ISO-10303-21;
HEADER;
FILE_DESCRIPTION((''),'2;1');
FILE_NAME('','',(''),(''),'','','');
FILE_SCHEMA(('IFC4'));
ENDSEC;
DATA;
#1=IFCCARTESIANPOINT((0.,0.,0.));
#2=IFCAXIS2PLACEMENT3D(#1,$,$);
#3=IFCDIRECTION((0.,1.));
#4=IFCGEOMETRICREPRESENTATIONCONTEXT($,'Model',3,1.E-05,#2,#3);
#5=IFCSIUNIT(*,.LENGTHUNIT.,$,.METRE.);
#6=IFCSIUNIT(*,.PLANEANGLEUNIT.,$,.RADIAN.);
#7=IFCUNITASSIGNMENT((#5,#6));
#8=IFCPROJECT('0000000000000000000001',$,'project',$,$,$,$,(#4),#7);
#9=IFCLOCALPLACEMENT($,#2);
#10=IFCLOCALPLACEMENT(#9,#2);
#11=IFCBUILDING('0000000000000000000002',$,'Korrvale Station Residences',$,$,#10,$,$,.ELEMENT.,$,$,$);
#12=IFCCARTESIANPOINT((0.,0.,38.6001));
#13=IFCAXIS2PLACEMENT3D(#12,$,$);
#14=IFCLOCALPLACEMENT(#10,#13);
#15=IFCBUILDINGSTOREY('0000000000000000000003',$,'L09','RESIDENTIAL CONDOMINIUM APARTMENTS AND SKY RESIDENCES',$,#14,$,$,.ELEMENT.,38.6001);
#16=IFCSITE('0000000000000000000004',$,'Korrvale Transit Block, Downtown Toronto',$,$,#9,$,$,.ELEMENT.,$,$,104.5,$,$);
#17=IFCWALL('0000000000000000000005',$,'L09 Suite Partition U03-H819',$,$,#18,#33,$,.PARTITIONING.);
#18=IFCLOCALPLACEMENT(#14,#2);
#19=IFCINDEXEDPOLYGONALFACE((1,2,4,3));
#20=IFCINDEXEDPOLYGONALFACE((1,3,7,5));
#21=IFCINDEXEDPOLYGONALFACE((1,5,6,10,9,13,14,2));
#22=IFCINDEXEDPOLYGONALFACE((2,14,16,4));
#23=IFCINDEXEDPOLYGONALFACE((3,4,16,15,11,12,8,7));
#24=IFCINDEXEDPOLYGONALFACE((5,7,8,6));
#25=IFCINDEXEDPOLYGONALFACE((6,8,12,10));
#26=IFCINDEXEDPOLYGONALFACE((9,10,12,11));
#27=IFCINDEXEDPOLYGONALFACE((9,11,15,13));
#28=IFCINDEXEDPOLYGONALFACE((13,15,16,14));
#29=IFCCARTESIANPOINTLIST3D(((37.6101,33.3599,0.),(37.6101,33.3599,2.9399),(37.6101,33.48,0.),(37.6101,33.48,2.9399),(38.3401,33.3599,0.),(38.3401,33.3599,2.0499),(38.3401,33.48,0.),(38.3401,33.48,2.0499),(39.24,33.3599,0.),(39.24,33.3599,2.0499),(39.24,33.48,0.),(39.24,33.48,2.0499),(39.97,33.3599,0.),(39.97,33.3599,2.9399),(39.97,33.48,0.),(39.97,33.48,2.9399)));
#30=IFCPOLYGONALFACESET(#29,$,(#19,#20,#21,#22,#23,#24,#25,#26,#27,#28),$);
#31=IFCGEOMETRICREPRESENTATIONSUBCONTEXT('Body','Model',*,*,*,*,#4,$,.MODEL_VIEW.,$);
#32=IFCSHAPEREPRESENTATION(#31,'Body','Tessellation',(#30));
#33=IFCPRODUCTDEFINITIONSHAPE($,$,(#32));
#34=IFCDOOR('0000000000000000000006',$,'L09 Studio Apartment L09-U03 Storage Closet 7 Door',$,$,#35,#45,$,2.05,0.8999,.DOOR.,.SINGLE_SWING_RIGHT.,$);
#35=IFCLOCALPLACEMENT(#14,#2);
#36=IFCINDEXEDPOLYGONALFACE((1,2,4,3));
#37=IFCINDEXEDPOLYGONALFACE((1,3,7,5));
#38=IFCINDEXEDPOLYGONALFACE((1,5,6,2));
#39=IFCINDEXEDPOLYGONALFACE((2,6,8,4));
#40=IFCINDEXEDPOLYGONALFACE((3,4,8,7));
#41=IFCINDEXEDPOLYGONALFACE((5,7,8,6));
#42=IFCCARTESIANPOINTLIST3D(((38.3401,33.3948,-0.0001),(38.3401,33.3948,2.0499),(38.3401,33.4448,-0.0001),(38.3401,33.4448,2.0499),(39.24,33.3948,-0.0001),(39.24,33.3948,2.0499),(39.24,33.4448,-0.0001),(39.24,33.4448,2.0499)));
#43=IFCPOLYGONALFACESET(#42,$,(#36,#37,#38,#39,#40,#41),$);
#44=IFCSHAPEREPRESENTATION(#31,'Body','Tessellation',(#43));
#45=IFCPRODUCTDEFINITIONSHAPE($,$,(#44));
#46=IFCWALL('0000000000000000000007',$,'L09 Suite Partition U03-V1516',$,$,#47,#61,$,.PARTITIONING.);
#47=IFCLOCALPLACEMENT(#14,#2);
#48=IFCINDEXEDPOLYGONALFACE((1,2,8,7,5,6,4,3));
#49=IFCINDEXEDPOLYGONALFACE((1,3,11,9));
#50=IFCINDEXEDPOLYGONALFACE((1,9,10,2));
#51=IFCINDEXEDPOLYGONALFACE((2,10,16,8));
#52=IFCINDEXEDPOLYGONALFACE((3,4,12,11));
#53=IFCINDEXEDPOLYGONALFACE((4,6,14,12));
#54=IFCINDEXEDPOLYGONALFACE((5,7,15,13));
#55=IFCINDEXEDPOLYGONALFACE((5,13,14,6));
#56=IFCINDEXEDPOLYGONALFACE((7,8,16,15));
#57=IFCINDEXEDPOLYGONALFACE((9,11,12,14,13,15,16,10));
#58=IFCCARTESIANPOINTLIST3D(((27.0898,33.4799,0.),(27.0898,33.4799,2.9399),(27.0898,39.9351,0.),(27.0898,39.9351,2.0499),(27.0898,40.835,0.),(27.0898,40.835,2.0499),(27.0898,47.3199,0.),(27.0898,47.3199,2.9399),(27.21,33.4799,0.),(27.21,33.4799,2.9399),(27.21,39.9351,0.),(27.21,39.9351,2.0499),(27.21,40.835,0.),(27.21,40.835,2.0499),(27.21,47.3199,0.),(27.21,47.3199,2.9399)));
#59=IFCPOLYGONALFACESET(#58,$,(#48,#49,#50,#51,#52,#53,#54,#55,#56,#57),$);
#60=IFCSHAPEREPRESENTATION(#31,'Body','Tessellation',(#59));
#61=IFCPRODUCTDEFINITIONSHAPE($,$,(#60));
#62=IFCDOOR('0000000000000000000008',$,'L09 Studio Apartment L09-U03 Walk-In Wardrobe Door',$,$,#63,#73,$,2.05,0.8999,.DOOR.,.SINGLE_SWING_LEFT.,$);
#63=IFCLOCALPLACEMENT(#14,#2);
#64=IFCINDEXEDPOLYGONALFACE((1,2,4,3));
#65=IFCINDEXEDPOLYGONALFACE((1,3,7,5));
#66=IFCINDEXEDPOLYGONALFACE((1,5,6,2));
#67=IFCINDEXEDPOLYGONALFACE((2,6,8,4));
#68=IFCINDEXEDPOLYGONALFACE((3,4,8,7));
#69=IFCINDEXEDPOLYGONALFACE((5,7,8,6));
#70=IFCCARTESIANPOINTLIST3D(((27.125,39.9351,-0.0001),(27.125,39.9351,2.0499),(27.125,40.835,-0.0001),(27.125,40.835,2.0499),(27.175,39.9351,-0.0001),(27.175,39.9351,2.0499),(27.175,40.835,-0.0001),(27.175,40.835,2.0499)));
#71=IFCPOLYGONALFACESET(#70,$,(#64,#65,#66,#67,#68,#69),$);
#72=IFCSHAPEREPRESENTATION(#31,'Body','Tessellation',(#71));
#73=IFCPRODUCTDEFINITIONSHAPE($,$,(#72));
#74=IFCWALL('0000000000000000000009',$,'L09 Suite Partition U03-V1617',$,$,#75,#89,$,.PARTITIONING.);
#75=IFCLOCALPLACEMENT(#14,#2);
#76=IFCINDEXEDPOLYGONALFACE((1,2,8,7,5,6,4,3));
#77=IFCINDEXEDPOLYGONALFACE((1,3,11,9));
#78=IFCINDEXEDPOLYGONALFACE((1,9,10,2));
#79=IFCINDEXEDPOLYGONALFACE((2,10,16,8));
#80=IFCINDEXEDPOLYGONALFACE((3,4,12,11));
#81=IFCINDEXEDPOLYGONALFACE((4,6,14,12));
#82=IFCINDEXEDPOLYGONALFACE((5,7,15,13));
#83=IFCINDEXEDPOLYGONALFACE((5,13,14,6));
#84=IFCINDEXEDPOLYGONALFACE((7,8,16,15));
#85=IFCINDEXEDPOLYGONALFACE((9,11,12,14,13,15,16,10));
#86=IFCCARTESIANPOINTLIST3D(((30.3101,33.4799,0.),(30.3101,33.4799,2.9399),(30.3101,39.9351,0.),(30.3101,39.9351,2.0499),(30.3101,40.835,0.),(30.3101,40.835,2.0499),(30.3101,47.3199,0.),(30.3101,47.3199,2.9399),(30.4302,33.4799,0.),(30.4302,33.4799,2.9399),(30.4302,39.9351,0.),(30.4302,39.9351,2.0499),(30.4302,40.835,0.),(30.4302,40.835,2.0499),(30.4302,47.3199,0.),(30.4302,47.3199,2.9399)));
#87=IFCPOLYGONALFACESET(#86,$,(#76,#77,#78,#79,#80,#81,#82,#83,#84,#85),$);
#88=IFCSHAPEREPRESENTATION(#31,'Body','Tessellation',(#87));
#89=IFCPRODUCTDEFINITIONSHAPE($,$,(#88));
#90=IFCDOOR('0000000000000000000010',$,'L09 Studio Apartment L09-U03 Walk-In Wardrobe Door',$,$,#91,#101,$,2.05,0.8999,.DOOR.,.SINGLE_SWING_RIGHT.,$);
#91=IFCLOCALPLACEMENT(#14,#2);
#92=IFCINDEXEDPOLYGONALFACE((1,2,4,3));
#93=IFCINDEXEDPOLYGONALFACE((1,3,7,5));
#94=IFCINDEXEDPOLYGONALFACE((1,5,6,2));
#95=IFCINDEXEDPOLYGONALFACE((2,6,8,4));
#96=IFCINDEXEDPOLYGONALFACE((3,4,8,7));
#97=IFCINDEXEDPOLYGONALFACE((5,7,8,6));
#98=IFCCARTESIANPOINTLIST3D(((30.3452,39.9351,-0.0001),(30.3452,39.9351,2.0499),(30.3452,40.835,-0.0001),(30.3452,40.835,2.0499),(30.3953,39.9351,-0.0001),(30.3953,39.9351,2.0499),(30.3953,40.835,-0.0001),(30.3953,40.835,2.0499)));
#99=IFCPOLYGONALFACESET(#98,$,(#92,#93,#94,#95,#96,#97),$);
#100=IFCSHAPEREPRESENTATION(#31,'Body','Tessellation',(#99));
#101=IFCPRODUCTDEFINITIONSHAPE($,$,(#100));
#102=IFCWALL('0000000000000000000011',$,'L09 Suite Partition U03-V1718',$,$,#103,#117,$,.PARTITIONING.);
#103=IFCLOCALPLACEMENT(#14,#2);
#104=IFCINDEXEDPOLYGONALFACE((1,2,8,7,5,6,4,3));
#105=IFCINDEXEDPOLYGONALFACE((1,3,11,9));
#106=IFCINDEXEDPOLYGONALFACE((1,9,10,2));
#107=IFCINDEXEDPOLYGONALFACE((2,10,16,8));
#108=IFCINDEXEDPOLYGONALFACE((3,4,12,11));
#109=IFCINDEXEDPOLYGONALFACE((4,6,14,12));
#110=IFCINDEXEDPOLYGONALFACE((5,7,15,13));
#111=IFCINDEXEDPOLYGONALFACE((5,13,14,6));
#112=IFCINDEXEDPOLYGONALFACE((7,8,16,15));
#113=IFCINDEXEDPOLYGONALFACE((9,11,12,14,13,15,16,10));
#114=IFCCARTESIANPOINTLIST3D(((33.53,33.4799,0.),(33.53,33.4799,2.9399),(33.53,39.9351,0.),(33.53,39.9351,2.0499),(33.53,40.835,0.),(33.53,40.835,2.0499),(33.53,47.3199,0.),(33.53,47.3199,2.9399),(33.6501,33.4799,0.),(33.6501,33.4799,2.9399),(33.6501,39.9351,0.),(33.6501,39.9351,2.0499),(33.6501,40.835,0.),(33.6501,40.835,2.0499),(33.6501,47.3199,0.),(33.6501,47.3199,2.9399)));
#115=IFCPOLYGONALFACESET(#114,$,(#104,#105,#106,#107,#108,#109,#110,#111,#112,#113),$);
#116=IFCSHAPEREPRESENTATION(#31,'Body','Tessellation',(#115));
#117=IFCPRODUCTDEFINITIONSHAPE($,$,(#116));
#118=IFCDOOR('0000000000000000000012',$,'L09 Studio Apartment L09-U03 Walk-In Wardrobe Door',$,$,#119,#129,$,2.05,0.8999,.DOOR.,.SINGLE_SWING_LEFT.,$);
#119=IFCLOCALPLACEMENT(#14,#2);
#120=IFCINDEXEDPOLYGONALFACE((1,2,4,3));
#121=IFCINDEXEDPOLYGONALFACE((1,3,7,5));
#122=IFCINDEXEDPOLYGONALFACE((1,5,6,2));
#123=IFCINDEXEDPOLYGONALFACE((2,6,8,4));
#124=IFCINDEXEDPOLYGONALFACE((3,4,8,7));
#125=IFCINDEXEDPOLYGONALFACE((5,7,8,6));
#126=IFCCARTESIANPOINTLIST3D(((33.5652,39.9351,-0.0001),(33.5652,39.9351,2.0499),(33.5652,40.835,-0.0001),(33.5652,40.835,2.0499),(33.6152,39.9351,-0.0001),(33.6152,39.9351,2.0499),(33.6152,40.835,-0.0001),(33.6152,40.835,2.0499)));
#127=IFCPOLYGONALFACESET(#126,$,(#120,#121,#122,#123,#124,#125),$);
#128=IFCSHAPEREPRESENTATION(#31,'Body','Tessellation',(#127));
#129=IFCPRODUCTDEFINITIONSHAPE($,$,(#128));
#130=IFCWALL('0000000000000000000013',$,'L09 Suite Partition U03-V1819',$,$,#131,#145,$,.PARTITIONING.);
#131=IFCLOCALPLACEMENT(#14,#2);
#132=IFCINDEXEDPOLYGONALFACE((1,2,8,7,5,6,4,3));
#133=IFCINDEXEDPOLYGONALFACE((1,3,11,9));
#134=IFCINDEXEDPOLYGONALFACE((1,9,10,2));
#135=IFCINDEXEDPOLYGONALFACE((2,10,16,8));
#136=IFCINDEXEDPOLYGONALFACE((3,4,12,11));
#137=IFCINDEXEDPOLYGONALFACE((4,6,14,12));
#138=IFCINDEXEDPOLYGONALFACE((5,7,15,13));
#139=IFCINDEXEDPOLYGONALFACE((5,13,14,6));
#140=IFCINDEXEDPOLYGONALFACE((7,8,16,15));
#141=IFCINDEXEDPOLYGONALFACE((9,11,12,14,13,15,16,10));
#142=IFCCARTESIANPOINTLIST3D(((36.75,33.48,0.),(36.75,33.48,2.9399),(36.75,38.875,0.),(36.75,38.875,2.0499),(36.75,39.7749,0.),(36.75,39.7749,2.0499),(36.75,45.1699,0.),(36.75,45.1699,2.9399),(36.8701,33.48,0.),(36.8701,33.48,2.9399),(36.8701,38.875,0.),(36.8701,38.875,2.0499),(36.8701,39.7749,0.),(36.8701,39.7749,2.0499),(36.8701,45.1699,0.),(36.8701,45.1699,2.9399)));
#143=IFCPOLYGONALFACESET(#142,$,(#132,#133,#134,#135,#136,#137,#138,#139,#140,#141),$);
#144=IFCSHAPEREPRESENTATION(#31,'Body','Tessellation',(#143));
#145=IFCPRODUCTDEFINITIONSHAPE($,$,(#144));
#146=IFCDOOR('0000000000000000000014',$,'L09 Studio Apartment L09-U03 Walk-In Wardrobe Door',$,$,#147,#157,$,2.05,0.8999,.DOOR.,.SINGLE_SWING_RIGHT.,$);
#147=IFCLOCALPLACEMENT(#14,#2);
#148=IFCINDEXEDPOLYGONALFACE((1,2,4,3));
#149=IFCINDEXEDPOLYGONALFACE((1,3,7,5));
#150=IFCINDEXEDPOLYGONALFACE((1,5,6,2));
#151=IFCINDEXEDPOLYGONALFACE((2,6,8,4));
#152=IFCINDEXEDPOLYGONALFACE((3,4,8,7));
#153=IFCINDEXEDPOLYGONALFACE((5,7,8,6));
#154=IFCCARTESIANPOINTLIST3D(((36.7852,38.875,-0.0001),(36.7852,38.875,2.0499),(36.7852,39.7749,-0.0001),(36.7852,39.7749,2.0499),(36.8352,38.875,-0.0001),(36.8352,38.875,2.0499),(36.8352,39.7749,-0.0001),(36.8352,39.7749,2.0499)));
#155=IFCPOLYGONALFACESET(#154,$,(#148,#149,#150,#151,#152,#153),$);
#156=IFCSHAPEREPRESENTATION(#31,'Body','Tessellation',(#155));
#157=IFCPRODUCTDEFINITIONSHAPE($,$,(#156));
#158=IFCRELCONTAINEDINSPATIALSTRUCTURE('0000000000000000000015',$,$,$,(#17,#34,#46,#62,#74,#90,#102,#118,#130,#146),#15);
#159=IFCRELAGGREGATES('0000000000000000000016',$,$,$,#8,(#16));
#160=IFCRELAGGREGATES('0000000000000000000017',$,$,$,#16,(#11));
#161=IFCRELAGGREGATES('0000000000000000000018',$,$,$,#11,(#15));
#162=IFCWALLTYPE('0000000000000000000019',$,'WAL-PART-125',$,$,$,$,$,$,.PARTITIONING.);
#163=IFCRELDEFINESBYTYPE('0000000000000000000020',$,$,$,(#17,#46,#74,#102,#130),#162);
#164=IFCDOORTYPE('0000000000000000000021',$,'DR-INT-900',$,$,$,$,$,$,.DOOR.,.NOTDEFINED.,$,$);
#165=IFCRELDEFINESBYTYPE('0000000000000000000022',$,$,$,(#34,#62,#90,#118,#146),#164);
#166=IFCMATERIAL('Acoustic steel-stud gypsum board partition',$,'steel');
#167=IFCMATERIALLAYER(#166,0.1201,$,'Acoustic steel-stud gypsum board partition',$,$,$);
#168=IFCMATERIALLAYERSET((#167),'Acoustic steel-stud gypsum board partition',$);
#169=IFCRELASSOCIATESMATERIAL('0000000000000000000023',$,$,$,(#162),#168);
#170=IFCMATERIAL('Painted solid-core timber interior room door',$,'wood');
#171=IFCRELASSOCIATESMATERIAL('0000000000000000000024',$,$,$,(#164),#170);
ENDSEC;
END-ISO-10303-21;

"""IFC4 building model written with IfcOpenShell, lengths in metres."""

from ifc_helpers import new_model, si_unit, direction, frame, frame_2d, origin, place, context, subcontext, project, spatial, rectangle, extrude, material, layer, layer_set, type_object, element, fill, save


model = new_model("IFC4")

# Units and contexts
model_context = context("Model", 3, precision=1e-05, world=origin(), true_north=direction((0.0, 1.0)))
body_context = subcontext(model_context, "Body", "Model", "MODEL_VIEW")
ifc_project = project(units=[si_unit("LENGTHUNIT", "METRE"), si_unit("PLANEANGLEUNIT", "RADIAN")], contexts=[model_context])

# Site, building, storey
site_placement = place(None, origin())
site = spatial("IfcSite", under=ifc_project, at=site_placement, Name="Korrvale Transit Block, Downtown Toronto", CompositionType="ELEMENT", RefElevation=104.5)
building_placement = place(site_placement, origin())
building = spatial("IfcBuilding", under=site, at=building_placement, Name="Korrvale Station Residences", CompositionType="ELEMENT")
storey_placement = place(building_placement, frame((0.0, 0.0, 38.6001)))
storey = spatial("IfcBuildingStorey", under=building, at=storey_placement, Name="L09", Description="RESIDENTIAL CONDOMINIUM APARTMENTS AND SKY RESIDENCES", CompositionType="ELEMENT", Elevation=38.6001)

# Shared definitions
ifc_material_1 = material(Name="Acoustic steel-stud gypsum board partition", Category="steel")
ifc_layer = layer(ifc_material_1, 0.1201, Name="Acoustic steel-stud gypsum board partition")
ifc_layer_set = layer_set([ifc_layer], Name="Acoustic steel-stud gypsum board partition")
wall_type = type_object("IfcWallType", Name="WAL-PART-125", PredefinedType="PARTITIONING", material=ifc_layer_set)
ifc_material_2 = material(Name="Painted solid-core timber interior room door", Category="wood")
door_type = type_object("IfcDoorType", Name="DR-INT-900", OperationType="NOTDEFINED", PredefinedType="DOOR", material=ifc_material_2)

# Walls, openings, doors
wall_1_placement = place(storey_placement, frame((37.6101, 33.4199, 0.0), z_axis=(0.0, 0.0, 1.0), x_axis=(1.0, 0.0, 0.0)))
wall_1 = element("IfcWall", 1, at=wall_1_placement, inside=storey, type_object=wall_type, Name="L09 Suite Partition U03-H819", PredefinedType="PARTITIONING", context=body_context, shape_type="SweptSolid", body=[
    extrude(rectangle(XDim=2.3599, YDim=0.1201, at=frame_2d((1.1799, 0.0))), origin(), (0.0, 0.0, 1.0), 2.9399),
])
opening_1_placement = place(wall_1_placement, frame((0.73, 0.0, 0.0)))
opening_1 = element("IfcOpeningElement", 2, at=opening_1_placement, cuts=wall_1, PredefinedType="OPENING", context=body_context, shape_type="SweptSolid", body=[
    extrude(rectangle(XDim=0.8999, YDim=2.05, at=frame_2d((0.45, 1.0249))), frame((0.0, 0.0701, 0.0), z_axis=(0.0, -1.0, 0.0), x_axis=(1.0, 0.0, 0.0)), (0.0, 0.0, 1.0), 0.1401),
])
door_1_placement = place(opening_1_placement, origin())
door_1 = element("IfcDoor", 3, at=door_1_placement, inside=storey, type_object=door_type, Name="L09 Studio Apartment L09-U03 Storage Closet 7 Door", OperationType="SINGLE_SWING_RIGHT", OverallHeight=2.05, OverallWidth=0.8999, PredefinedType="DOOR", context=body_context, shape_type="SweptSolid", body=[
    extrude(rectangle(XDim=0.8999, YDim=2.05, at=frame_2d((0.45, 1.0249))), frame((0.0, 0.0249, 0.0), z_axis=(0.0, -1.0, 0.0), x_axis=(1.0, 0.0, 0.0)), (0.0, 0.0, 1.0), 0.05),
])
fill(opening_1, door_1)
wall_2_placement = place(storey_placement, frame((27.1499, 33.48, 0.0), z_axis=(0.0, 0.0, 1.0), x_axis=(0.0, 1.0, 0.0)))
wall_2 = element("IfcWall", 4, at=wall_2_placement, inside=storey, type_object=wall_type, Name="L09 Suite Partition U03-V1516", PredefinedType="PARTITIONING", context=body_context, shape_type="SweptSolid", body=[
    extrude(rectangle(XDim=13.8401, YDim=0.1201, at=frame_2d((6.9199, 0.0))), origin(), (0.0, 0.0, 1.0), 2.9399),
])
opening_2_placement = place(wall_2_placement, frame((6.4551, 0.0, 0.0)))
opening_2 = element("IfcOpeningElement", 5, at=opening_2_placement, cuts=wall_2, PredefinedType="OPENING", context=body_context, shape_type="SweptSolid", body=[
    extrude(rectangle(XDim=0.8999, YDim=2.05, at=frame_2d((0.45, 1.0249))), frame((0.0, 0.0701, 0.0), z_axis=(0.0, -1.0, 0.0), x_axis=(1.0, 0.0, 0.0)), (0.0, 0.0, 1.0), 0.1401),
])
door_2_placement = place(opening_2_placement, origin())
door_2 = element("IfcDoor", 6, at=door_2_placement, inside=storey, type_object=door_type, Name="L09 Studio Apartment L09-U03 Walk-In Wardrobe Door", OperationType="SINGLE_SWING_LEFT", OverallHeight=2.05, OverallWidth=0.8999, PredefinedType="DOOR", context=body_context, shape_type="SweptSolid", body=[
    extrude(rectangle(XDim=0.8999, YDim=2.05, at=frame_2d((0.45, 1.0249))), frame((0.0, 0.0249, 0.0), z_axis=(0.0, -1.0, 0.0), x_axis=(1.0, 0.0, 0.0)), (0.0, 0.0, 1.0), 0.05),
])
fill(opening_2, door_2)
wall_3_placement = place(storey_placement, frame((30.3701, 33.48, 0.0), z_axis=(0.0, 0.0, 1.0), x_axis=(0.0, 1.0, 0.0)))
wall_3 = element("IfcWall", 7, at=wall_3_placement, inside=storey, type_object=wall_type, Name="L09 Suite Partition U03-V1617", PredefinedType="PARTITIONING", context=body_context, shape_type="SweptSolid", body=[
    extrude(rectangle(XDim=13.8401, YDim=0.1201, at=frame_2d((6.9199, 0.0))), origin(), (0.0, 0.0, 1.0), 2.9399),
])
opening_3_placement = place(wall_3_placement, frame((6.4551, 0.0, 0.0)))
opening_3 = element("IfcOpeningElement", 8, at=opening_3_placement, cuts=wall_3, PredefinedType="OPENING", context=body_context, shape_type="SweptSolid", body=[
    extrude(rectangle(XDim=0.8999, YDim=2.05, at=frame_2d((0.45, 1.0249))), frame((0.0, 0.0701, 0.0), z_axis=(0.0, -1.0, 0.0), x_axis=(1.0, 0.0, 0.0)), (0.0, 0.0, 1.0), 0.1401),
])
door_3_placement = place(opening_3_placement, origin())
door_3 = element("IfcDoor", 9, at=door_3_placement, inside=storey, type_object=door_type, Name="L09 Studio Apartment L09-U03 Walk-In Wardrobe Door", OperationType="SINGLE_SWING_RIGHT", OverallHeight=2.05, OverallWidth=0.8999, PredefinedType="DOOR", context=body_context, shape_type="SweptSolid", body=[
    extrude(rectangle(XDim=0.8999, YDim=2.05, at=frame_2d((0.45, 1.0249))), frame((0.0, 0.0249, 0.0), z_axis=(0.0, -1.0, 0.0), x_axis=(1.0, 0.0, 0.0)), (0.0, 0.0, 1.0), 0.05),
])
fill(opening_3, door_3)
wall_4_placement = place(storey_placement, frame((33.5901, 33.48, 0.0), z_axis=(0.0, 0.0, 1.0), x_axis=(0.0, 1.0, 0.0)))
wall_4 = element("IfcWall", 10, at=wall_4_placement, inside=storey, type_object=wall_type, Name="L09 Suite Partition U03-V1718", PredefinedType="PARTITIONING", context=body_context, shape_type="SweptSolid", body=[
    extrude(rectangle(XDim=13.8401, YDim=0.1201, at=frame_2d((6.9199, 0.0))), origin(), (0.0, 0.0, 1.0), 2.9399),
])
opening_4_placement = place(wall_4_placement, frame((6.4551, 0.0, 0.0)))
opening_4 = element("IfcOpeningElement", 11, at=opening_4_placement, cuts=wall_4, PredefinedType="OPENING", context=body_context, shape_type="SweptSolid", body=[
    extrude(rectangle(XDim=0.8999, YDim=2.05, at=frame_2d((0.45, 1.0249))), frame((0.0, 0.0701, 0.0), z_axis=(0.0, -1.0, 0.0), x_axis=(1.0, 0.0, 0.0)), (0.0, 0.0, 1.0), 0.1401),
])
door_4_placement = place(opening_4_placement, origin())
door_4 = element("IfcDoor", 12, at=door_4_placement, inside=storey, type_object=door_type, Name="L09 Studio Apartment L09-U03 Walk-In Wardrobe Door", OperationType="SINGLE_SWING_LEFT", OverallHeight=2.05, OverallWidth=0.8999, PredefinedType="DOOR", context=body_context, shape_type="SweptSolid", body=[
    extrude(rectangle(XDim=0.8999, YDim=2.05, at=frame_2d((0.45, 1.0249))), frame((0.0, 0.0249, 0.0), z_axis=(0.0, -1.0, 0.0), x_axis=(1.0, 0.0, 0.0)), (0.0, 0.0, 1.0), 0.05),
])
fill(opening_4, door_4)
wall_5_placement = place(storey_placement, frame((36.8101, 33.48, 0.0), z_axis=(0.0, 0.0, 1.0), x_axis=(0.0, 1.0, 0.0)))
wall_5 = element("IfcWall", 13, at=wall_5_placement, inside=storey, type_object=wall_type, Name="L09 Suite Partition U03-V1819", PredefinedType="PARTITIONING", context=body_context, shape_type="SweptSolid", body=[
    extrude(rectangle(XDim=11.6899, YDim=0.1201, at=frame_2d((5.845, 0.0))), origin(), (0.0, 0.0, 1.0), 2.9399),
])
opening_5_placement = place(wall_5_placement, frame((5.395, 0.0, 0.0)))
opening_5 = element("IfcOpeningElement", 14, at=opening_5_placement, cuts=wall_5, PredefinedType="OPENING", context=body_context, shape_type="SweptSolid", body=[
    extrude(rectangle(XDim=0.8999, YDim=2.05, at=frame_2d((0.45, 1.0249))), frame((0.0, 0.0701, 0.0), z_axis=(0.0, -1.0, 0.0), x_axis=(1.0, 0.0, 0.0)), (0.0, 0.0, 1.0), 0.1401),
])
door_5_placement = place(opening_5_placement, origin())
door_5 = element("IfcDoor", 15, at=door_5_placement, inside=storey, type_object=door_type, Name="L09 Studio Apartment L09-U03 Walk-In Wardrobe Door", OperationType="SINGLE_SWING_RIGHT", OverallHeight=2.05, OverallWidth=0.8999, PredefinedType="DOOR", context=body_context, shape_type="SweptSolid", body=[
    extrude(rectangle(XDim=0.8999, YDim=2.05, at=frame_2d((0.45, 1.0249))), frame((0.0, 0.0249, 0.0), z_axis=(0.0, -1.0, 0.0), x_axis=(1.0, 0.0, 0.0)), (0.0, 0.0, 1.0), 0.05),
])
fill(opening_5, door_5)

save(model, "model.ifc")
